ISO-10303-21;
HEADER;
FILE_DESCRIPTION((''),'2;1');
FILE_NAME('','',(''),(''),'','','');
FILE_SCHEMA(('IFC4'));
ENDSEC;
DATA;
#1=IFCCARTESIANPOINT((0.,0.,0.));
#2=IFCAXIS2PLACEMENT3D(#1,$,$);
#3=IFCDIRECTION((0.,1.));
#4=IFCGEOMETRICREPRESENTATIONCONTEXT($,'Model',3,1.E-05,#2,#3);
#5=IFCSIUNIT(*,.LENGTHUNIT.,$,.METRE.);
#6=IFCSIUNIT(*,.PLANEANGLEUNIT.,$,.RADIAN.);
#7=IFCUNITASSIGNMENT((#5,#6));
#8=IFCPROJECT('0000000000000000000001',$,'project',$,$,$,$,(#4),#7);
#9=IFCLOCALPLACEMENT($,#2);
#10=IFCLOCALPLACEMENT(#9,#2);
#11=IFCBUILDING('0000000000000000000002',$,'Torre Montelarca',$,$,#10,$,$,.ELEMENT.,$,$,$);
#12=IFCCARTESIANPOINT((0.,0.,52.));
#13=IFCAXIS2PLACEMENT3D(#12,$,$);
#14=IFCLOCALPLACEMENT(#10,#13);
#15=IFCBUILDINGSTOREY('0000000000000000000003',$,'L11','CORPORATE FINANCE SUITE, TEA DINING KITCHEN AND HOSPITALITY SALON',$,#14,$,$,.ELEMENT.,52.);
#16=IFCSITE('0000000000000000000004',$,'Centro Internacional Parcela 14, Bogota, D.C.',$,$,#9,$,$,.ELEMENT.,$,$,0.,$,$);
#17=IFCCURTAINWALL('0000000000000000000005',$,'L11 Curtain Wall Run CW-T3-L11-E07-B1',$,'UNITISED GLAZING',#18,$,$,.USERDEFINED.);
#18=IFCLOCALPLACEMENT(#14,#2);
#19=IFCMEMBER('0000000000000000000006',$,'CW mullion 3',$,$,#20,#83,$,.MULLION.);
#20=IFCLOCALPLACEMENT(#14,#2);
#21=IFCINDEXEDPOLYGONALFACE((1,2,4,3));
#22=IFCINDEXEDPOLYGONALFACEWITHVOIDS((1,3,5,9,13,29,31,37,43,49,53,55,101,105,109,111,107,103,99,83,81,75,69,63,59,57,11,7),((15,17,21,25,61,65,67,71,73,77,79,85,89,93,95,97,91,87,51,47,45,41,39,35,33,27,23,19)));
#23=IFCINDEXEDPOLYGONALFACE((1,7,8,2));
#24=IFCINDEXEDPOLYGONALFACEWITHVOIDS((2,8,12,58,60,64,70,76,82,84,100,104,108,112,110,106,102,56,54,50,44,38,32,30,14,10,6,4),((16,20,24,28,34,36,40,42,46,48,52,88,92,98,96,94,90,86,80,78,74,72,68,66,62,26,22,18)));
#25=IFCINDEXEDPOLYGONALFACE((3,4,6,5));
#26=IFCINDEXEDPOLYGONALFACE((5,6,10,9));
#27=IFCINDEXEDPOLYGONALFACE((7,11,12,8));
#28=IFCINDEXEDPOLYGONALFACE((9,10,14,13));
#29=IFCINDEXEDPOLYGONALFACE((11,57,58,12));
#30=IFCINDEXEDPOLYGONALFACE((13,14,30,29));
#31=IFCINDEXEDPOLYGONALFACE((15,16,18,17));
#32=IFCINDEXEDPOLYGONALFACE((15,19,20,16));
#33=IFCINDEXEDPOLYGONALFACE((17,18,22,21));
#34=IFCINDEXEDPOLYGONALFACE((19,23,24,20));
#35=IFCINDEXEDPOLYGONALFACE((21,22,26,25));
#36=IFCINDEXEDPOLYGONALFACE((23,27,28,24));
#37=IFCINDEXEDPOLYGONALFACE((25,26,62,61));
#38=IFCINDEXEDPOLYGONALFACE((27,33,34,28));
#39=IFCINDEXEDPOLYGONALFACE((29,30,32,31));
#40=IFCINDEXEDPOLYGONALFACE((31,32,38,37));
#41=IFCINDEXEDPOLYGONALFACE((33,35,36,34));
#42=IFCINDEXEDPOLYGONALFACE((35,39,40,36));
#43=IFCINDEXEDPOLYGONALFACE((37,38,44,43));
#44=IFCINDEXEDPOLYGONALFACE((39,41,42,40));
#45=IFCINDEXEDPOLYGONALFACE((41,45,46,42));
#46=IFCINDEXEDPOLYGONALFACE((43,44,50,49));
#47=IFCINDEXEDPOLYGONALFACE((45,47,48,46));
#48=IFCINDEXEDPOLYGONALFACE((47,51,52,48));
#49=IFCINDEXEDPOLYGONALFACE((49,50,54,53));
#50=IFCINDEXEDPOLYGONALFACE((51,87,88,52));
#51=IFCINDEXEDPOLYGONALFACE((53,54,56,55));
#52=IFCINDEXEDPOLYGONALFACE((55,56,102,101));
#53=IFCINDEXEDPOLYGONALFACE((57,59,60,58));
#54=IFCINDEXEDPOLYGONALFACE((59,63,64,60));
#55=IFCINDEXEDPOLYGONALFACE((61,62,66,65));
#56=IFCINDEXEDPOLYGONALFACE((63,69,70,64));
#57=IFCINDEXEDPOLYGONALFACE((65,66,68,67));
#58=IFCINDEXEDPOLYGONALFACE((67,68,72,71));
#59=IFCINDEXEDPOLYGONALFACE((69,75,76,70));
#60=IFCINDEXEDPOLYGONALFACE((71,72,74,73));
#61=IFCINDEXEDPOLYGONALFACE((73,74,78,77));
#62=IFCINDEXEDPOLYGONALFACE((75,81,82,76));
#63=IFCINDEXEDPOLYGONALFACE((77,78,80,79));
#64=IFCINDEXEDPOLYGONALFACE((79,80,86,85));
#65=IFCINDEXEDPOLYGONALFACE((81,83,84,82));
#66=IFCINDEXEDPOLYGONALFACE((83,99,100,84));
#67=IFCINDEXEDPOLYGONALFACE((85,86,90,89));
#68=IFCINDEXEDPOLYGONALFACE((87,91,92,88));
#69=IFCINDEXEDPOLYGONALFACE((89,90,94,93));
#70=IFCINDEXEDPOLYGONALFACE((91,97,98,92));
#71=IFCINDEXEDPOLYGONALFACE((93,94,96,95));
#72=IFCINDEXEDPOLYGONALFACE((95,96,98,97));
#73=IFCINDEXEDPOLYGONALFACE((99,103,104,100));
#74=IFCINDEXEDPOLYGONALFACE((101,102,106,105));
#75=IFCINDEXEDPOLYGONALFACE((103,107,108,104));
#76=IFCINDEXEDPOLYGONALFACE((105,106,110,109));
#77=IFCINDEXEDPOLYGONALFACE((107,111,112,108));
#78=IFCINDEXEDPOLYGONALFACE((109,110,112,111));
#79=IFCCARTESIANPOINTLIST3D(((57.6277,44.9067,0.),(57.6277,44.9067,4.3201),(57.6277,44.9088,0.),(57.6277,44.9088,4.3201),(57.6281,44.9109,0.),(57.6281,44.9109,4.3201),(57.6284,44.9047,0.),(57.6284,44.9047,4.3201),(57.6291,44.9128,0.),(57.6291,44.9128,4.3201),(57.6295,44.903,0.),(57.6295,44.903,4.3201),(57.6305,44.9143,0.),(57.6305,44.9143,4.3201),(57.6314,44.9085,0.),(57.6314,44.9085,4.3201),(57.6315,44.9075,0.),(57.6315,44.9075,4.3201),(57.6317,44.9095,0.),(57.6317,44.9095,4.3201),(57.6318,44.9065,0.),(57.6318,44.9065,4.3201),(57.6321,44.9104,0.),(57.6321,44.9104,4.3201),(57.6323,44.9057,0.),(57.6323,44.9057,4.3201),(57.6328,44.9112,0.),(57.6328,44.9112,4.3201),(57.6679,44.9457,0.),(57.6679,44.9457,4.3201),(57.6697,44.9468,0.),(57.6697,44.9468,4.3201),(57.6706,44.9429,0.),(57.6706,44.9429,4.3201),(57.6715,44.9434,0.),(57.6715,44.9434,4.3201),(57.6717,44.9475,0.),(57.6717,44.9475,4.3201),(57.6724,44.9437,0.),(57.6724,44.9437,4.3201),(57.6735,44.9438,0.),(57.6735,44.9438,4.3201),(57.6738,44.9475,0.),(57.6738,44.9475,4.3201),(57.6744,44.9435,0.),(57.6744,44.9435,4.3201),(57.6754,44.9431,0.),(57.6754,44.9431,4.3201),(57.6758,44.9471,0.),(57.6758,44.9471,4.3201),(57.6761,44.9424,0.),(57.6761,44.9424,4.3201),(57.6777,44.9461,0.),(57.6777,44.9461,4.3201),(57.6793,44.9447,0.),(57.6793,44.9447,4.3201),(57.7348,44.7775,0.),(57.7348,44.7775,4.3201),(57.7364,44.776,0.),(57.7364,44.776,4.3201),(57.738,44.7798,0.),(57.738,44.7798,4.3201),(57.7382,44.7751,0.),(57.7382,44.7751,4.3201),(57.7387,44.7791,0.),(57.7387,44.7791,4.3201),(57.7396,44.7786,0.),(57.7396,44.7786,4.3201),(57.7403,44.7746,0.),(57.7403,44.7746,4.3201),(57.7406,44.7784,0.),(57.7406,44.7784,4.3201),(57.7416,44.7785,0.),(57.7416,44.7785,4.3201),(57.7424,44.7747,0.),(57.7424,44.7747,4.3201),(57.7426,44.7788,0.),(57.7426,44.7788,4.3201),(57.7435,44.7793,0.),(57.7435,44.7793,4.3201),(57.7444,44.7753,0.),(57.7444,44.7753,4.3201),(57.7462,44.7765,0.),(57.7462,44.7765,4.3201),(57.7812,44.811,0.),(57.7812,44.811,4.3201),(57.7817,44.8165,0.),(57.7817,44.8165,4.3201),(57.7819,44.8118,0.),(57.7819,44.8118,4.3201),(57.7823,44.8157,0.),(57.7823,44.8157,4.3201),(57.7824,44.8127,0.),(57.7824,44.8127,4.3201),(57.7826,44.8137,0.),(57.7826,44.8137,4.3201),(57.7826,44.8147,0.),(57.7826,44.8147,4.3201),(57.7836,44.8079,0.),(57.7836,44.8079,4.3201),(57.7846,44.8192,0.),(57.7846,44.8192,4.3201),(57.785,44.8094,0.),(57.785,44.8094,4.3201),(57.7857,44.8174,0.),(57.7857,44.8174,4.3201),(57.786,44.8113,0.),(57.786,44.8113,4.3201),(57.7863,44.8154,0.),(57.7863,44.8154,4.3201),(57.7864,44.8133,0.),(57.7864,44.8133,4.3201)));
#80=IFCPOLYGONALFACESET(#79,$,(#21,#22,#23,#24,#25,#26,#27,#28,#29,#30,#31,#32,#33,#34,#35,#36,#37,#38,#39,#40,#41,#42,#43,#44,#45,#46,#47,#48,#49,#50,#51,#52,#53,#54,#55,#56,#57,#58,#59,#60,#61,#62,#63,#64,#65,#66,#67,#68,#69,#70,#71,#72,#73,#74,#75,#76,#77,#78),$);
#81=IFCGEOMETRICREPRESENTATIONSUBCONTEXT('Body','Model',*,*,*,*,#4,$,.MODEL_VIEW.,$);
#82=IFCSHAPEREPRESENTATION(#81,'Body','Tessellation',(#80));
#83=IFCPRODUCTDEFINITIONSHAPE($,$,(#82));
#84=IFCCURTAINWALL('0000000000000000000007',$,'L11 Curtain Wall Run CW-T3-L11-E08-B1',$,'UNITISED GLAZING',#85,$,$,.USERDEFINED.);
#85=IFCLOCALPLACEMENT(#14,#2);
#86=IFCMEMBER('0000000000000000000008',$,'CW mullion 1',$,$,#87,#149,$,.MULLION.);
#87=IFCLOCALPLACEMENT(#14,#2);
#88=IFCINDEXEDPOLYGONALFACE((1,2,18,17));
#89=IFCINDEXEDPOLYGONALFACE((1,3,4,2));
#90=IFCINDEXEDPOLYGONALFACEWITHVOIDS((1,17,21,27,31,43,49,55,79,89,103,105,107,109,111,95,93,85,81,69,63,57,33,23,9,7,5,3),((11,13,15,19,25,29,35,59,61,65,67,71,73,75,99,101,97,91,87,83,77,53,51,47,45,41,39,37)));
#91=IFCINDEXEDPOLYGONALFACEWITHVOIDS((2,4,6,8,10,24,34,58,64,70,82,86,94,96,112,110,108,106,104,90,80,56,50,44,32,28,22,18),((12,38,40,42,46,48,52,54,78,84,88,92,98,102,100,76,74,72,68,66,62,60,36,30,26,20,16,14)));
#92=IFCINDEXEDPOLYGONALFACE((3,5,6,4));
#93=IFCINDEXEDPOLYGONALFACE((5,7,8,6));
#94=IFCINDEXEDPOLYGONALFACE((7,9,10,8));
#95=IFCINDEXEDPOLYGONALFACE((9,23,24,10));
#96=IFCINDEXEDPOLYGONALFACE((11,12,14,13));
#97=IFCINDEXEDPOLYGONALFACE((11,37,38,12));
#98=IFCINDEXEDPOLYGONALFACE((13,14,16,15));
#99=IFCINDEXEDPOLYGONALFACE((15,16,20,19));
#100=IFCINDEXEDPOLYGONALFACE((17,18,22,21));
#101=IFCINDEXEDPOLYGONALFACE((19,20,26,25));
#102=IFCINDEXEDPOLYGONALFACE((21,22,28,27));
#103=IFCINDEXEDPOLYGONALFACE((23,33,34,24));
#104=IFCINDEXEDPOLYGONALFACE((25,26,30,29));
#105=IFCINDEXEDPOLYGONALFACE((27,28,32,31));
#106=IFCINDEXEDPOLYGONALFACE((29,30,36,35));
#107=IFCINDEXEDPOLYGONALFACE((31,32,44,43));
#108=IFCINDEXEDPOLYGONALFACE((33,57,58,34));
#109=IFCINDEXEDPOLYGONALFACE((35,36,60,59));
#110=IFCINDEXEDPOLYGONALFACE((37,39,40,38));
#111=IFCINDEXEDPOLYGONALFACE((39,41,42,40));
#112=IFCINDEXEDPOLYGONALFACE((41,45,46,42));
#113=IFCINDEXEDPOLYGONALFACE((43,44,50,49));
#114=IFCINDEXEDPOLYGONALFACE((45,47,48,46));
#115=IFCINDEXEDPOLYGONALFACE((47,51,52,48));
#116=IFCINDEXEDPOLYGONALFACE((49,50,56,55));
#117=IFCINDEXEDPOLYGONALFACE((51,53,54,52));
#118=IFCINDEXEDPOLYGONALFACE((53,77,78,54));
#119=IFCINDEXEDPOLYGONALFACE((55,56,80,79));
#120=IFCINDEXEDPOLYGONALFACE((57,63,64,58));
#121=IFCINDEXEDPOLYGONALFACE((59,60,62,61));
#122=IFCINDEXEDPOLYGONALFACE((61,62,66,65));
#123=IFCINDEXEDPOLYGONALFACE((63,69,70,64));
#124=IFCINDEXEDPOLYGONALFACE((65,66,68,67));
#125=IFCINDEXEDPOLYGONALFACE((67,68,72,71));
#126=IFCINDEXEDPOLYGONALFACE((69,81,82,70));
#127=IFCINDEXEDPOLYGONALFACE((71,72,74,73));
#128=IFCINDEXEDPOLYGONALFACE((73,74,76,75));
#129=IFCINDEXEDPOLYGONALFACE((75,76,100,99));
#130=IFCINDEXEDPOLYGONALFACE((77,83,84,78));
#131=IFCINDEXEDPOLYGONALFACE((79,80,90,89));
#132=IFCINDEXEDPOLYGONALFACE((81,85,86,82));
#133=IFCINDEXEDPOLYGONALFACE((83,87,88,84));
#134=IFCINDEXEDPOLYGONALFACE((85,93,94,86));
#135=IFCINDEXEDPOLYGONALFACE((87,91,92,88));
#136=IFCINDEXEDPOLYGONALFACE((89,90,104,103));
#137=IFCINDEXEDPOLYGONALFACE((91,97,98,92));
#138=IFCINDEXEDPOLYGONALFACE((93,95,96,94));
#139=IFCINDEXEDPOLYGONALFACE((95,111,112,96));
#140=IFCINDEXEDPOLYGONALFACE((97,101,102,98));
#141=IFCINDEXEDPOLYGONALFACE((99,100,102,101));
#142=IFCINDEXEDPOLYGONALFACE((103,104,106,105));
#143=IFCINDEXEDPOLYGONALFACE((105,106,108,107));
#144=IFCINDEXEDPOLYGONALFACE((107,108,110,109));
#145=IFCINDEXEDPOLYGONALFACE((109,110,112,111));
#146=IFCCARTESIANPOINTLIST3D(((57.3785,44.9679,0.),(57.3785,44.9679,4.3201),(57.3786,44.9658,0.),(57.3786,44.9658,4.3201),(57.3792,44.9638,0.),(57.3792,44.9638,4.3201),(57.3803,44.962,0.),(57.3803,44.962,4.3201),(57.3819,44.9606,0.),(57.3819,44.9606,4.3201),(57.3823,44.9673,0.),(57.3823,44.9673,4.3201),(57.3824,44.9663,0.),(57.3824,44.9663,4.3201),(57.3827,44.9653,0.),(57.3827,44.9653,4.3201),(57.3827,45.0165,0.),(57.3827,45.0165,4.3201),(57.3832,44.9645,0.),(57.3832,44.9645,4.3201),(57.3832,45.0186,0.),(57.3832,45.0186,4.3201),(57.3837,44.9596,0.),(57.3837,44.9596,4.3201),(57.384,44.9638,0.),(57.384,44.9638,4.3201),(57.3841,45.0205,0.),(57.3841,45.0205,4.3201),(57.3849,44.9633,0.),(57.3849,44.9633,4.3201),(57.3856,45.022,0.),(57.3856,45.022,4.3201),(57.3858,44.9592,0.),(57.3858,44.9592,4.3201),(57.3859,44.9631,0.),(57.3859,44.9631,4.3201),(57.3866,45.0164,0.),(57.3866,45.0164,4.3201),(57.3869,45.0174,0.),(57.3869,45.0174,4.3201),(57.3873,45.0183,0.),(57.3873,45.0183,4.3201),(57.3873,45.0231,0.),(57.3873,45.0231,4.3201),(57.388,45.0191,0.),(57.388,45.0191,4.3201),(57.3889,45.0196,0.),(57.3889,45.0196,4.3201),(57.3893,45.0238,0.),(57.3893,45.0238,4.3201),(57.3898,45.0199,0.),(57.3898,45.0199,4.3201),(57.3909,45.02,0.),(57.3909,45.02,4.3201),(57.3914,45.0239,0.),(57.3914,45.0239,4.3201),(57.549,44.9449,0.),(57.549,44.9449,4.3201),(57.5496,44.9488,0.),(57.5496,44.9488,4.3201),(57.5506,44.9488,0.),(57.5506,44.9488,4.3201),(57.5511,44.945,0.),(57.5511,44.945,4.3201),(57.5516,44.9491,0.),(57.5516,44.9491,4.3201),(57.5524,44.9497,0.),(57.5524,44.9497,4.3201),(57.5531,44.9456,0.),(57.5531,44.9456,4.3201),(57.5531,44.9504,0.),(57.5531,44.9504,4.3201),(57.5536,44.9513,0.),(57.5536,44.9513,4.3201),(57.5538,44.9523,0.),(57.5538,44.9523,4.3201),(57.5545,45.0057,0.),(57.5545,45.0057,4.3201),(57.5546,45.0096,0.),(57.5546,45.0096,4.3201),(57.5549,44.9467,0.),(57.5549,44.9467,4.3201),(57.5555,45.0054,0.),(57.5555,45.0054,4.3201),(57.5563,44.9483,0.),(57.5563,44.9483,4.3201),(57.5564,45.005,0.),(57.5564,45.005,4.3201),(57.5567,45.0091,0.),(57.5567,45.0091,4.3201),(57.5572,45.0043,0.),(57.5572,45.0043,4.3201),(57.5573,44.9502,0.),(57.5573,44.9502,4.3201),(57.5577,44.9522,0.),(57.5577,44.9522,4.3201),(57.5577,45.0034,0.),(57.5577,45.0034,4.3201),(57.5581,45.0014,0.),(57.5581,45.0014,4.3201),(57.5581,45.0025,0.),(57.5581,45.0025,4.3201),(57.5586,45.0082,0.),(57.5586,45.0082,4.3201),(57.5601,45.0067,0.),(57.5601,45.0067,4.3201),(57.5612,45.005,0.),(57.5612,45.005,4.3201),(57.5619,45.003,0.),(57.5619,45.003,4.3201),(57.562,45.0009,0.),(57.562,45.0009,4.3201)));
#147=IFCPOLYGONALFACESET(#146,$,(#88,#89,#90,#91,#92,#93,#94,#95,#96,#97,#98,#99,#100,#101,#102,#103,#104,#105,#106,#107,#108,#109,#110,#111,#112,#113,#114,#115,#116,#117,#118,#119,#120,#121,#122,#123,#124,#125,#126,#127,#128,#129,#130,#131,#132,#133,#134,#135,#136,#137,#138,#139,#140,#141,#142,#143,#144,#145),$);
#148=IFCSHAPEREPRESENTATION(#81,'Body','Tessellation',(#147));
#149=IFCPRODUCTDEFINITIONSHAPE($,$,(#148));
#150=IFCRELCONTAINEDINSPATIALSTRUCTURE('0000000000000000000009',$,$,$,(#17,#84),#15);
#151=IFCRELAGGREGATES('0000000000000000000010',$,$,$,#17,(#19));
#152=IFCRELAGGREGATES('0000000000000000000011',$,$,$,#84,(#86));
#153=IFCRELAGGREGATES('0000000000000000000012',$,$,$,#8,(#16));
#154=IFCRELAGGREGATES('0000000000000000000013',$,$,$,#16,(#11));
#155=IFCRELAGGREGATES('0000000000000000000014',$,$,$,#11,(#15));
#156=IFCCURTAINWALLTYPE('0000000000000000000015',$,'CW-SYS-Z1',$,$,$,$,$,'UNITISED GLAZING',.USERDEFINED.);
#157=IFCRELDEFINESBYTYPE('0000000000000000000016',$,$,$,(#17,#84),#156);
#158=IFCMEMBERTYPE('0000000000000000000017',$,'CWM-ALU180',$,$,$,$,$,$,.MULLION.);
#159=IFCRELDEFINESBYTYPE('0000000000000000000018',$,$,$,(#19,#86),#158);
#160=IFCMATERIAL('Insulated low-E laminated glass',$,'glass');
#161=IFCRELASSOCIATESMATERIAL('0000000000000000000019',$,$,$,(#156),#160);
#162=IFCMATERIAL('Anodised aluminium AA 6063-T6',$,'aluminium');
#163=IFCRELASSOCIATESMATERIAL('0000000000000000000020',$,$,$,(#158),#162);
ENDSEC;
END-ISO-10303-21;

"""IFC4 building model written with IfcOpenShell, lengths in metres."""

from ifc_helpers import new_model, si_unit, direction, frame, origin, origin_2d, place, context, subcontext, project, spatial, hollow_rectangle, extrude, source, transform, mapped, material, material_profile, profile_set, type_object, element, aggregate, save


model = new_model("IFC4")

# Units and contexts
model_context = context("Model", 3, precision=1e-05, world=origin(), true_north=direction((0.0, 1.0)))
body_context = subcontext(model_context, "Body", "Model", "MODEL_VIEW")
ifc_project = project(units=[si_unit("LENGTHUNIT", "METRE"), si_unit("PLANEANGLEUNIT", "RADIAN")], contexts=[model_context])

# Site, building, storey
site_placement = place(None, origin())
site = spatial("IfcSite", under=ifc_project, at=site_placement, Name="Centro Internacional Parcela 14, Bogota, D.C.", CompositionType="ELEMENT", RefElevation=0.0)
building_placement = place(site_placement, origin())
building = spatial("IfcBuilding", under=site, at=building_placement, Name="Torre Montelarca", CompositionType="ELEMENT")
storey_placement = place(building_placement, frame((0.0, 0.0, 52.0)))
storey = spatial("IfcBuildingStorey", under=building, at=storey_placement, Name="L11", Description="CORPORATE FINANCE SUITE, TEA DINING KITCHEN AND HOSPITALITY SALON", CompositionType="ELEMENT", Elevation=52.0)

# Curtain walls, members
ifc_material_1 = material(Name="Insulated low-E laminated glass", Category="glass")
curtain_wall_type = type_object("IfcCurtainWallType", Name="CW-SYS-Z1", ElementType="UNITISED GLAZING", PredefinedType="USERDEFINED", material=ifc_material_1)
ifc_material_2 = material(Name="Anodised aluminium AA 6063-T6", Category="aluminium")
ifc_material_profile_1 = material_profile(ifc_material_2, hollow_rectangle(XDim=0.0649, YDim=0.1799, WallThickness=0.0039, InnerFilletRadius=0.0039, OuterFilletRadius=0.0081, at=origin_2d()), Name="ALU65X180X4", Category="aluminium")
ifc_profile_set_1 = profile_set([ifc_material_profile_1], Name="Anodised aluminium AA 6063-T6")
member_type_1 = type_object("IfcMemberType", Name="CWM-ALU180", PredefinedType="MULLION", material=ifc_profile_set_1)
shared_shape_1 = source(origin(), body_context, "Body", "SweptSolid", [
    extrude(hollow_rectangle(XDim=0.0649, YDim=0.1799, WallThickness=0.0039, InnerFilletRadius=0.0039, OuterFilletRadius=0.0081, at=origin_2d()), origin(), (0.0, 0.0, 1.0), 4.3201),
])
curtain_wall_1_placement = place(storey_placement, origin())
curtain_wall_1 = element("IfcCurtainWall", 1, at=curtain_wall_1_placement, inside=storey, type_object=curtain_wall_type, Name="L11 Curtain Wall Run CW-T3-L11-E07-B1", ObjectType="UNITISED GLAZING", PredefinedType="USERDEFINED")
member_1_placement = place(storey_placement, frame((57.707, 44.8611, 0.0), z_axis=(0.0, 0.0, 1.0), x_axis=(-0.766043, -0.64279, 0.0)))
member_1 = element("IfcMember", 2, at=member_1_placement, type_object=member_type_1, Name="CW mullion 3", PredefinedType="MULLION", context=body_context, shape_type="MappedRepresentation", body=[
    mapped(shared_shape_1, transform((0.0, 0.0, 0.0), scale=1.0)),
])
curtain_wall_2_placement = place(storey_placement, origin())
curtain_wall_2 = element("IfcCurtainWall", 3, at=curtain_wall_2_placement, inside=storey, type_object=curtain_wall_type, Name="L11 Curtain Wall Run CW-T3-L11-E08-B1", ObjectType="UNITISED GLAZING", PredefinedType="USERDEFINED")
member_2_placement = place(storey_placement, frame((57.4702, 44.9844, 0.0), z_axis=(0.0, 0.0, 1.0), x_axis=(-0.087157, -0.996195, 0.0)))
member_2 = element("IfcMember", 4, at=member_2_placement, type_object=member_type_1, Name="CW mullion 1", PredefinedType="MULLION", context=body_context, shape_type="MappedRepresentation", body=[
    mapped(shared_shape_1, transform((0.0, 0.0, 0.0), scale=1.0)),
])

aggregate(curtain_wall_1, [member_1])
aggregate(curtain_wall_2, [member_2])

save(model, "model.ifc")
